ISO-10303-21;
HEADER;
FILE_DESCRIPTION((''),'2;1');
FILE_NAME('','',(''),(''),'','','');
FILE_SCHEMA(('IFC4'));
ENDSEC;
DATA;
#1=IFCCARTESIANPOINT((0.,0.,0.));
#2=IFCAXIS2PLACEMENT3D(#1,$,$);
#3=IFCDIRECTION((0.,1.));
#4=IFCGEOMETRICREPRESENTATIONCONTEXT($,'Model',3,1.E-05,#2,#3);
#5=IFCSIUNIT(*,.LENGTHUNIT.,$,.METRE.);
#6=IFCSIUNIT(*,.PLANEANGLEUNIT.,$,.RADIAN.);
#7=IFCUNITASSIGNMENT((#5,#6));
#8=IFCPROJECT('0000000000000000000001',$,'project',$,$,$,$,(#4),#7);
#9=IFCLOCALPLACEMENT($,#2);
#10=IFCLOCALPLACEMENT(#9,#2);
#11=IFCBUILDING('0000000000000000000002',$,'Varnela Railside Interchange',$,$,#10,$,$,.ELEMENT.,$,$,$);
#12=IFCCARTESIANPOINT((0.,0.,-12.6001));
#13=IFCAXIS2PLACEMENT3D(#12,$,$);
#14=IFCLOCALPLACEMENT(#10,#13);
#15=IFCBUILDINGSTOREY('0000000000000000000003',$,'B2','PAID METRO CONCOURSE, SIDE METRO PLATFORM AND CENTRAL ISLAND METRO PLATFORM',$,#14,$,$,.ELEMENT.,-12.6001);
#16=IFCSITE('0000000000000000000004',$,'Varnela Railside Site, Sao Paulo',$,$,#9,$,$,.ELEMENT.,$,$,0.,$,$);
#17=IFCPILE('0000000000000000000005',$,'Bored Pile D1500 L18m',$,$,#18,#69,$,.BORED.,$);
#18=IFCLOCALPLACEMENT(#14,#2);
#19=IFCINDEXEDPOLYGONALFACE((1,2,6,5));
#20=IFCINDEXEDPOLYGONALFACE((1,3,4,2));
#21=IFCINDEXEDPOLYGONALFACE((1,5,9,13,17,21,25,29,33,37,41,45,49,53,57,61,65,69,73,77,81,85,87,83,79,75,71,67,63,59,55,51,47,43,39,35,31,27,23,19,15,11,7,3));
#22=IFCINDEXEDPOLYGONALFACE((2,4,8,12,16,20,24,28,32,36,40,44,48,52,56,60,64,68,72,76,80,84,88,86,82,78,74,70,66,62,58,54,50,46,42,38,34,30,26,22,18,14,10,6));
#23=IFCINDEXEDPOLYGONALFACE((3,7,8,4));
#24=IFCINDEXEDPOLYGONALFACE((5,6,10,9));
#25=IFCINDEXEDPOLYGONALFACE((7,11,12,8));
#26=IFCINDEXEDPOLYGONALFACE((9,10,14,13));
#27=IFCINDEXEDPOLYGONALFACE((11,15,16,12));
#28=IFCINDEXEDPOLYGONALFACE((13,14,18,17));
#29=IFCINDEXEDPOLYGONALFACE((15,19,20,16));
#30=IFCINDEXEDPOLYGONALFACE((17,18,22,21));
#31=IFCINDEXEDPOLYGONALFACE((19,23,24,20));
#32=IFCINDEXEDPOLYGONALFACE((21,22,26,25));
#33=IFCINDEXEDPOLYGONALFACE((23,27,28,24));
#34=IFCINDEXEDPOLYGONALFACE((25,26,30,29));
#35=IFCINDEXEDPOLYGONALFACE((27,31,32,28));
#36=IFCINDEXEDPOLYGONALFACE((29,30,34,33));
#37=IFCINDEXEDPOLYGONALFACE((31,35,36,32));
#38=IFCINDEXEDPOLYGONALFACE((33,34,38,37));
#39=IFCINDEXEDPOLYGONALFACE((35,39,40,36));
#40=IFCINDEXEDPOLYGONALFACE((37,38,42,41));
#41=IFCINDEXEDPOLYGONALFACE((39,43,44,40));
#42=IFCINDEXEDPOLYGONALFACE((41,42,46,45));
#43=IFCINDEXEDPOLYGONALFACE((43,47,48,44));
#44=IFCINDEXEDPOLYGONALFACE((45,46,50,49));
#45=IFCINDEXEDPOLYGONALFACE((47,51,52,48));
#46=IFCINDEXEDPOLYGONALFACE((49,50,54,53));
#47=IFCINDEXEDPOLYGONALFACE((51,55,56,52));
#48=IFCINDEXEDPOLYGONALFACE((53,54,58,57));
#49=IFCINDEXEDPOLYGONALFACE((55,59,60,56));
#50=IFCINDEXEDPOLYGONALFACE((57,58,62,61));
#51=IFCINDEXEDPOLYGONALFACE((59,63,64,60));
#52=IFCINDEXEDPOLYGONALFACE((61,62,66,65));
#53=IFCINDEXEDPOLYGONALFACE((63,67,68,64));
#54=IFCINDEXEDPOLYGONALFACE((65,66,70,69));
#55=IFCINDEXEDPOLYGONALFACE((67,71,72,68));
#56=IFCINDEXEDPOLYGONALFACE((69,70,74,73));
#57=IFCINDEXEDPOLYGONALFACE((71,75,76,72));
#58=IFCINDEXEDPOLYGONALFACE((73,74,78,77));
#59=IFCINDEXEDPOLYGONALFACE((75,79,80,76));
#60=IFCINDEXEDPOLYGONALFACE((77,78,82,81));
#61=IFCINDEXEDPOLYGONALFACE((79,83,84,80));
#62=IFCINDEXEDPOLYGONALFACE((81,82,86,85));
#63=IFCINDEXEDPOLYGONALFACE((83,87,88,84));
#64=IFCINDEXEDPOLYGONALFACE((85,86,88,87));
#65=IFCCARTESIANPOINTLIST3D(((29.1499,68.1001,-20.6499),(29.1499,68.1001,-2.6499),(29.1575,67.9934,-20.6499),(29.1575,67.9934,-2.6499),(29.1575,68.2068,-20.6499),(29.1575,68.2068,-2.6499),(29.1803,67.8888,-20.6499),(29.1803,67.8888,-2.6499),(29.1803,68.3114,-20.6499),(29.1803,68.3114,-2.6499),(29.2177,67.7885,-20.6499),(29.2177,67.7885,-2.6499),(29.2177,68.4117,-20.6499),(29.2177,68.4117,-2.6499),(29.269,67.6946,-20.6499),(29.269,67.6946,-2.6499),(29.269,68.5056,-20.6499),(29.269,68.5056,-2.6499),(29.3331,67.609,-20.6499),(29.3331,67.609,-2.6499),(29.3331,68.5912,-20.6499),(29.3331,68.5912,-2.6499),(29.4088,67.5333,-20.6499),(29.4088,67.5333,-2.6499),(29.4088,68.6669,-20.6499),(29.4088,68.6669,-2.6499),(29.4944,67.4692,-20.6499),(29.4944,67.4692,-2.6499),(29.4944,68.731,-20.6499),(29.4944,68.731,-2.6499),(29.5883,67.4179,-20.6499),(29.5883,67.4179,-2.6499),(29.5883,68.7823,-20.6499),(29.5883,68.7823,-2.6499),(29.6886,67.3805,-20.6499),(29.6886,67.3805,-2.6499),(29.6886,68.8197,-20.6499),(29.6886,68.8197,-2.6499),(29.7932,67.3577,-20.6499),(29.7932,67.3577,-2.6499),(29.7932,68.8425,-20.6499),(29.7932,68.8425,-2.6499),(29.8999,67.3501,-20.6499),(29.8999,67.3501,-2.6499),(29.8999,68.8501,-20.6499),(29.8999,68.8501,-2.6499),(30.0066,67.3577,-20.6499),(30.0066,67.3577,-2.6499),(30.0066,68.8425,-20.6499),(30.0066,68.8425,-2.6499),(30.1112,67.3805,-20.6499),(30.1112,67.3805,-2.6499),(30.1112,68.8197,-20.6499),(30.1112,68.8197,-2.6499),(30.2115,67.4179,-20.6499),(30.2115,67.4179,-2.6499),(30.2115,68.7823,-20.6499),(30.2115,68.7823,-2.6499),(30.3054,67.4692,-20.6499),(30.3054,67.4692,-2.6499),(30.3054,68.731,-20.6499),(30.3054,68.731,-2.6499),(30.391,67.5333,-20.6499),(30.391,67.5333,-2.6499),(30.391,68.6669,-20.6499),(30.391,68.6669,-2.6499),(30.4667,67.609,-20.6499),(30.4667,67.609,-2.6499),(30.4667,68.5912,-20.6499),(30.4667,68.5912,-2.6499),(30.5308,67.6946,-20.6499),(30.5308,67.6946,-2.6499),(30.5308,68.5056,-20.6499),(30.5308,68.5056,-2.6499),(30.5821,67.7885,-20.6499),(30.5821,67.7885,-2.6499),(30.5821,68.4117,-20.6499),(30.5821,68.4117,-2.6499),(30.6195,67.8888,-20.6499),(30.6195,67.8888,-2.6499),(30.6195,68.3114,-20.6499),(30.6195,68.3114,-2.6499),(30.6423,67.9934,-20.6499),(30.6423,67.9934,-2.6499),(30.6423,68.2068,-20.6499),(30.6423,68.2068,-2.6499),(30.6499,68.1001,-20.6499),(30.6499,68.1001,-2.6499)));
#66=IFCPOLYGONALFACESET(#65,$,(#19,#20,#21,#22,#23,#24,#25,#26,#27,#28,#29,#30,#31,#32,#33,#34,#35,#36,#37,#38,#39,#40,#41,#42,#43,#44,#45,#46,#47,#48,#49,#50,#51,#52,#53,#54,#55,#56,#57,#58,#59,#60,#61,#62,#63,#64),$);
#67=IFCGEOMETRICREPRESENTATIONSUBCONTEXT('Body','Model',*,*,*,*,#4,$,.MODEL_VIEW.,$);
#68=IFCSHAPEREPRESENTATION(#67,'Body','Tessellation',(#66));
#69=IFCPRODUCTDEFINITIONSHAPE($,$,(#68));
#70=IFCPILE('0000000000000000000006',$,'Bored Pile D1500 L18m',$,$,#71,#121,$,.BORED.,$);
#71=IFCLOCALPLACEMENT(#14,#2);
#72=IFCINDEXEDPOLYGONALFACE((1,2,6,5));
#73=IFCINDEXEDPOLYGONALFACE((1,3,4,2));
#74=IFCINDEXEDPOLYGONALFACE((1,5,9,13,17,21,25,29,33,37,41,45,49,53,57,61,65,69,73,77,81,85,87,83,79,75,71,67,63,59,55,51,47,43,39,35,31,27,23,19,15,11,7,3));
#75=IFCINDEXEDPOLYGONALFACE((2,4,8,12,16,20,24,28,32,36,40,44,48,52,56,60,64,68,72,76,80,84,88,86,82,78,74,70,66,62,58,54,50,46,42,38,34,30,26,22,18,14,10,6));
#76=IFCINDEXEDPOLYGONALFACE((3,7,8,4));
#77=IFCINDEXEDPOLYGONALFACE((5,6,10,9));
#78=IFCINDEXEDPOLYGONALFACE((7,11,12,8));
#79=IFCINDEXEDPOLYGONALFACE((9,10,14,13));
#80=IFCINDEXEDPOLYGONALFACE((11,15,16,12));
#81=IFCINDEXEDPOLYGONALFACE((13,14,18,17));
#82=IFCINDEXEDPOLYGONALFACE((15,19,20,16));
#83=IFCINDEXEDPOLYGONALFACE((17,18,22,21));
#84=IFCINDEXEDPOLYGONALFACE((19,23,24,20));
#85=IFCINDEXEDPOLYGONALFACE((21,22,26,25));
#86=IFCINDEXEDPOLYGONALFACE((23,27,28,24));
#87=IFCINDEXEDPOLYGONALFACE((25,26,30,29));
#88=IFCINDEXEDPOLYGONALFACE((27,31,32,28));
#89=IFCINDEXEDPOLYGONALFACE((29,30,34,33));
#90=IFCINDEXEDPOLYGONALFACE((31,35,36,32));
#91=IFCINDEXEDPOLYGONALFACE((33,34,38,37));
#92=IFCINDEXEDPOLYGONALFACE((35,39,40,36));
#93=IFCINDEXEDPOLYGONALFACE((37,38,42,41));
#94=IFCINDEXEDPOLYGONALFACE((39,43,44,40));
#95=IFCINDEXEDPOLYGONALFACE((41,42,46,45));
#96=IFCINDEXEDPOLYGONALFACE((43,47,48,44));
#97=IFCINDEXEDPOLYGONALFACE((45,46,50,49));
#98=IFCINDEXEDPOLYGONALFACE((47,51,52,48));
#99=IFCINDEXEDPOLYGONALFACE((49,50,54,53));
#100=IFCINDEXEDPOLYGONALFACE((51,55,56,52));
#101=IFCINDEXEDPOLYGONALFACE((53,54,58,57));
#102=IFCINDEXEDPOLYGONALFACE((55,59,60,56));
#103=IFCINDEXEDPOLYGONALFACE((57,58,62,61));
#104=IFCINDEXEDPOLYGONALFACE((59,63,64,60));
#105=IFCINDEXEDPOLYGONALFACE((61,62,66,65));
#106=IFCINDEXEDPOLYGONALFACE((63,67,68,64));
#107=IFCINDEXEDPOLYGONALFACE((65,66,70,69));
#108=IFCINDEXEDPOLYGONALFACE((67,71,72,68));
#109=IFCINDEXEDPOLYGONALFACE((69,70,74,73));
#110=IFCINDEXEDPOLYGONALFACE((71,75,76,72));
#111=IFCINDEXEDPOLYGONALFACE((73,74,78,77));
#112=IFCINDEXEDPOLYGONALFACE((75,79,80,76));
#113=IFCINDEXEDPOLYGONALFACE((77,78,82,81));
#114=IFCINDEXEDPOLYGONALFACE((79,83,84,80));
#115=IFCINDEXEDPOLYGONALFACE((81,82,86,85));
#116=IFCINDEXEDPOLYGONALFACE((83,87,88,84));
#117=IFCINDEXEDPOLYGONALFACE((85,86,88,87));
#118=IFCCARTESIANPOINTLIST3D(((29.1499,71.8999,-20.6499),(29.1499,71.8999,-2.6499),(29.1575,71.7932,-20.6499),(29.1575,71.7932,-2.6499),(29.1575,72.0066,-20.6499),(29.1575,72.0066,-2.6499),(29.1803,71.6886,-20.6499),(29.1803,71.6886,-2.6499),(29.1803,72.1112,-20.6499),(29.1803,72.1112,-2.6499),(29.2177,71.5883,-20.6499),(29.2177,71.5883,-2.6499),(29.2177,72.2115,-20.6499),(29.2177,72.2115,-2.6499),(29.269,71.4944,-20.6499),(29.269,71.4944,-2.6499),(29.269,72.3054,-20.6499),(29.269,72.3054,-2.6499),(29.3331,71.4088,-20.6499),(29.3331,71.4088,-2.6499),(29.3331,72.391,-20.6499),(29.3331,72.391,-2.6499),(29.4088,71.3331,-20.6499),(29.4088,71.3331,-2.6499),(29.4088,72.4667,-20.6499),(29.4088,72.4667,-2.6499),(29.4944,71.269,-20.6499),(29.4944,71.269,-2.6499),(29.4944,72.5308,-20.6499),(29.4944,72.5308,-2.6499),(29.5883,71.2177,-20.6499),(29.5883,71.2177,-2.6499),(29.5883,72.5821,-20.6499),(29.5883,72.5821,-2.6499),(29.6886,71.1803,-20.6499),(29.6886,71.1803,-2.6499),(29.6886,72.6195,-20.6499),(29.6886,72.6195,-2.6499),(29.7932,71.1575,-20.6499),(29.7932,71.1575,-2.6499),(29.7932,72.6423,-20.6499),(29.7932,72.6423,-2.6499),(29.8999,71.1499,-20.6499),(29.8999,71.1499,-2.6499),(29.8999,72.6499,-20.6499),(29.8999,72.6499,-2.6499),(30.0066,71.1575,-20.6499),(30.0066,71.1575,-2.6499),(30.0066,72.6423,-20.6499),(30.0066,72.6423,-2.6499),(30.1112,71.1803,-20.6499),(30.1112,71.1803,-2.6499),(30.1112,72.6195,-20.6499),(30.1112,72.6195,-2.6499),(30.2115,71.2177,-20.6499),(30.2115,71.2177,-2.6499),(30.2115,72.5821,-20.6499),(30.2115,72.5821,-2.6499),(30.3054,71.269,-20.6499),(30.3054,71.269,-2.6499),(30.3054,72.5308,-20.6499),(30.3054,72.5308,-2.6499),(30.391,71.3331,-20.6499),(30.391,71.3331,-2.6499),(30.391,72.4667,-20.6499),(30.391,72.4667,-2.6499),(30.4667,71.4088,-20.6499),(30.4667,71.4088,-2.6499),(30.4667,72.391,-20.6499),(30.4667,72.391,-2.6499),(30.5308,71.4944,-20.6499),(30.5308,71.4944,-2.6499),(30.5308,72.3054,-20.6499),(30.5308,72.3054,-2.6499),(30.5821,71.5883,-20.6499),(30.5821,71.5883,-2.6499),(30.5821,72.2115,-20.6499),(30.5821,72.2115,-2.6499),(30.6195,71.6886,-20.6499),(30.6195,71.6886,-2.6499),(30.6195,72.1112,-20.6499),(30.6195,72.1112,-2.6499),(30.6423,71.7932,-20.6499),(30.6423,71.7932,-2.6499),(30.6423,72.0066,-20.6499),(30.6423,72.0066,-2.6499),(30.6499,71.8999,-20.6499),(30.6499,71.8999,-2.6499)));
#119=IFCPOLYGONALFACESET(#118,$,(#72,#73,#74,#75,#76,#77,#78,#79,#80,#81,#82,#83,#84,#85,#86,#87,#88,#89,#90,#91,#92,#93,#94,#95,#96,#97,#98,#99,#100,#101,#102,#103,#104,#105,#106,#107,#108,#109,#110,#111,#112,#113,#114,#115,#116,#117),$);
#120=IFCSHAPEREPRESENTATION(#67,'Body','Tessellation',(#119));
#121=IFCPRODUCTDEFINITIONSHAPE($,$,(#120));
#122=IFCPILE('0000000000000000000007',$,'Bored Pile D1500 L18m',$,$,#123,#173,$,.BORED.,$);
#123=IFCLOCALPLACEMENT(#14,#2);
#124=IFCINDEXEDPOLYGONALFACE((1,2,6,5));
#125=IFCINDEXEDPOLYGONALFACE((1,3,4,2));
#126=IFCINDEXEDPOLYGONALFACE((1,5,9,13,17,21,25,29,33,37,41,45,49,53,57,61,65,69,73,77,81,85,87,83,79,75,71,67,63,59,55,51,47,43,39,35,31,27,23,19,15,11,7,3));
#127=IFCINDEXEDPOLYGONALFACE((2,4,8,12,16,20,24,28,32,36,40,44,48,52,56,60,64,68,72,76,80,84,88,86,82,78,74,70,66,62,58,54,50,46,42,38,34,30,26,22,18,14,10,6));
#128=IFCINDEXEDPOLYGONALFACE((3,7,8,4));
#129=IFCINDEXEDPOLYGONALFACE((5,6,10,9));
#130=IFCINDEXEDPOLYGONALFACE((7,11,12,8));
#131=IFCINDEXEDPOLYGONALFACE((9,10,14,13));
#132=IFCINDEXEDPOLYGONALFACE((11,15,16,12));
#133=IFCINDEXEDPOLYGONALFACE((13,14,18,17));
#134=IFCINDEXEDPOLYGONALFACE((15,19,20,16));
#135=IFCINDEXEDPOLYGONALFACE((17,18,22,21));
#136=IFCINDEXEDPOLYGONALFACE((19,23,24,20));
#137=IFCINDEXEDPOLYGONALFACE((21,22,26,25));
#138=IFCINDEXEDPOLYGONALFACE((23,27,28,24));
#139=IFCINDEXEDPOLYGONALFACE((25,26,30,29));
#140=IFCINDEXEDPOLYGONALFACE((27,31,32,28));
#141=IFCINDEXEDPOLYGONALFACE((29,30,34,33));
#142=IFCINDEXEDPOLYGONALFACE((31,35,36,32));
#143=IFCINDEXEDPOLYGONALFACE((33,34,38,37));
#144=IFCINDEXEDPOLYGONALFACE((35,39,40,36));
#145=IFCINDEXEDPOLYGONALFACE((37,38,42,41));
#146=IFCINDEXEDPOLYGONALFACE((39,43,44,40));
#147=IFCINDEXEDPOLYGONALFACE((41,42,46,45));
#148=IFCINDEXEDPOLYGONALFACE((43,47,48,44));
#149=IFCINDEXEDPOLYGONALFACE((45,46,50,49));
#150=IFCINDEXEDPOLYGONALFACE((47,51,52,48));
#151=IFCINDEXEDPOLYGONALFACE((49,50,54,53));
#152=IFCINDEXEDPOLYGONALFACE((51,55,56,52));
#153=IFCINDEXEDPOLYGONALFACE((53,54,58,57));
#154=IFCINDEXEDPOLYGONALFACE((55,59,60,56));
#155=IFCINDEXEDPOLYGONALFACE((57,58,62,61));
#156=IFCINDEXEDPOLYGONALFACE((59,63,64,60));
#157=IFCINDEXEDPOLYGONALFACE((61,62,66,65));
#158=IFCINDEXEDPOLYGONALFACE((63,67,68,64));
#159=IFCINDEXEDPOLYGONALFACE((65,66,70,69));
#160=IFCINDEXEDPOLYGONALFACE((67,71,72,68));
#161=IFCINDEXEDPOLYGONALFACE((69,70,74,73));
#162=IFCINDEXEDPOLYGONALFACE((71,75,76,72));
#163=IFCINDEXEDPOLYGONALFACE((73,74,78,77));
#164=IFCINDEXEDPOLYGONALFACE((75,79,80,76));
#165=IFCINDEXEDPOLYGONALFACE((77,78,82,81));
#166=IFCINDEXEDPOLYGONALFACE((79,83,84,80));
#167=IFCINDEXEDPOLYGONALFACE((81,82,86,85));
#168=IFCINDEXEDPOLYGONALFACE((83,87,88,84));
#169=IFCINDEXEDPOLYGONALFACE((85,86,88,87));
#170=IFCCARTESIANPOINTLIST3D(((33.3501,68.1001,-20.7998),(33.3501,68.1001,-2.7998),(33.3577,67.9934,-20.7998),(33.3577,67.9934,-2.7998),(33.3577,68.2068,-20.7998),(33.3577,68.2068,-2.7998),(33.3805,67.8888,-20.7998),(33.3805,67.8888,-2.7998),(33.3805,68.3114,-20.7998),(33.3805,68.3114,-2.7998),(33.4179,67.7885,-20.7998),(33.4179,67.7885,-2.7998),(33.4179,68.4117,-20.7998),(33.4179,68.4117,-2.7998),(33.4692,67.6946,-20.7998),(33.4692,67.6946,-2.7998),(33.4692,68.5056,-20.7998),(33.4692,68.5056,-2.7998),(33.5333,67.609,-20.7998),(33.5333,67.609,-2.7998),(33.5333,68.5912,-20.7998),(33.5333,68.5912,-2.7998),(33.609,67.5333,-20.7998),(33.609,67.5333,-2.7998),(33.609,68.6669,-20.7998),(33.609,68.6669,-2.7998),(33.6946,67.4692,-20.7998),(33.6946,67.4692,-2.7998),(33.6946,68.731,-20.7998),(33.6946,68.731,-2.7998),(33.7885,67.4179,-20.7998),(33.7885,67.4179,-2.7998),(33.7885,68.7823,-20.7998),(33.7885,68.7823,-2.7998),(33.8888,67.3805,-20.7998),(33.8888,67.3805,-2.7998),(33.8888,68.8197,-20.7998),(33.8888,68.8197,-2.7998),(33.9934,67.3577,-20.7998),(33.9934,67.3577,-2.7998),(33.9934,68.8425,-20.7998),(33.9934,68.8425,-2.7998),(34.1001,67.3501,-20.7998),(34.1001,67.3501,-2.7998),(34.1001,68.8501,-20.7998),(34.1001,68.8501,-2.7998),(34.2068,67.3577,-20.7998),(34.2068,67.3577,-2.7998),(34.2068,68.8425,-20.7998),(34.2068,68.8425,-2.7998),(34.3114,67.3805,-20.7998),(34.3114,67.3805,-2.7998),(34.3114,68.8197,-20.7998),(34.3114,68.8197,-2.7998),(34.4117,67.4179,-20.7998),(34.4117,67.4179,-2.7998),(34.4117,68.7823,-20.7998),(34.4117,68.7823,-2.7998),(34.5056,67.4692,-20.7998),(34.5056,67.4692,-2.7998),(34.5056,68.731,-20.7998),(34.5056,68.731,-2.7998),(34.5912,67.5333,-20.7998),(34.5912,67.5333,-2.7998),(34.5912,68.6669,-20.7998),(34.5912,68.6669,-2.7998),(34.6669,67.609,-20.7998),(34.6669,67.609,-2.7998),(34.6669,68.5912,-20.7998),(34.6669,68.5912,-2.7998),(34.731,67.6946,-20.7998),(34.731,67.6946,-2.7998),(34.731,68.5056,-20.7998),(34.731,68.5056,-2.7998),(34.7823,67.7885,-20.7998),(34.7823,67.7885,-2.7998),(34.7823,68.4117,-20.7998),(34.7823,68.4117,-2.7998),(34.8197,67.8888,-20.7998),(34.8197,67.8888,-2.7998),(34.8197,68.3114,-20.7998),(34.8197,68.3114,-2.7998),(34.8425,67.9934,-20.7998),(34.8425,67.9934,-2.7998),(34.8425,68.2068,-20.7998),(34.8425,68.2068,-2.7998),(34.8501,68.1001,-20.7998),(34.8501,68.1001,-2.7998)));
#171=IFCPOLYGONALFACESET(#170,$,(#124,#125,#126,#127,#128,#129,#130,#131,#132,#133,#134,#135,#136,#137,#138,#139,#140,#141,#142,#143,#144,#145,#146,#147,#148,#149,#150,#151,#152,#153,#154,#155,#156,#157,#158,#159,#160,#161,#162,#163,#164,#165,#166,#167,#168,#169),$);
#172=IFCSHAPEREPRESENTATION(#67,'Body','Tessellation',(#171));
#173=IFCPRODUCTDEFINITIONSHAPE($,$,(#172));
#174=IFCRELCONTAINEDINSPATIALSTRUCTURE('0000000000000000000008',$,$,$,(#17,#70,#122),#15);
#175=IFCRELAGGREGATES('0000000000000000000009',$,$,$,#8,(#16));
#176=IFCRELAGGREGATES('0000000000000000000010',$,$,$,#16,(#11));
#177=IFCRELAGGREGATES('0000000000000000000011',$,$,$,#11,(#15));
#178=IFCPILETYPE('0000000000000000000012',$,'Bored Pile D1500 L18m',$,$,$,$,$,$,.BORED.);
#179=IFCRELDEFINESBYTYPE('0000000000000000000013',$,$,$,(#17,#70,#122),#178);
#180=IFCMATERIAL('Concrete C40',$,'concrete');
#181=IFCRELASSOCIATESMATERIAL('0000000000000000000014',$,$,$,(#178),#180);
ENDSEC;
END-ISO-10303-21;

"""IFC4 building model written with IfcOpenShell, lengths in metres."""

from ifc_helpers import new_model, si_unit, direction, frame, origin, origin_2d, place, context, subcontext, project, spatial, circle, extrude, material, material_profile, profile_set, type_object, element, save


model = new_model("IFC4")

# Units and contexts
model_context = context("Model", 3, precision=1e-05, world=origin(), true_north=direction((0.0, 1.0)))
body_context = subcontext(model_context, "Body", "Model", "MODEL_VIEW")
ifc_project = project(units=[si_unit("LENGTHUNIT", "METRE"), si_unit("PLANEANGLEUNIT", "RADIAN")], contexts=[model_context])

# Site, building, storey
site_placement = place(None, origin())
site = spatial("IfcSite", under=ifc_project, at=site_placement, Name="Varnela Railside Site, Sao Paulo", CompositionType="ELEMENT", RefElevation=0.0)
building_placement = place(site_placement, origin())
building = spatial("IfcBuilding", under=site, at=building_placement, Name="Varnela Railside Interchange", CompositionType="ELEMENT")
storey_placement = place(building_placement, frame((0.0, 0.0, -12.6001)))
storey = spatial("IfcBuildingStorey", under=building, at=storey_placement, Name="B2", Description="PAID METRO CONCOURSE, SIDE METRO PLATFORM AND CENTRAL ISLAND METRO PLATFORM", CompositionType="ELEMENT", Elevation=-12.6001)

# Piles
ifc_material_1 = material(Name="Concrete C40", Category="concrete")
ifc_material_profile_1 = material_profile(ifc_material_1, circle(Radius=0.75, at=origin_2d()), Name="BORED PILE D1500")
ifc_profile_set_1 = profile_set([ifc_material_profile_1], Name="Concrete C40")
pile_type_1 = type_object("IfcPileType", Name="Bored Pile D1500 L18m", PredefinedType="BORED", material=ifc_profile_set_1)
for number, where, z_axis, x_axis, name in (
    (1, (29.8999, 68.1001, -2.6499), (0.0, 0.0, -1.0), (1.0, 0.0, 0.0), "Bored Pile D1500 L18m"),
    (2, (29.8999, 71.8999, -2.6499), (0.0, 0.0, -1.0), (1.0, 0.0, 0.0), "Bored Pile D1500 L18m"),
    (3, (34.1001, 68.1001, -2.7998), (0.0, 0.0, -1.0), (1.0, 0.0, 0.0), "Bored Pile D1500 L18m"),
):
    element("IfcPile", number, at=place(storey_placement, frame(where, z_axis=z_axis, x_axis=x_axis)), inside=storey, type_object=pile_type_1, Name=name, PredefinedType="BORED", context=body_context, shape_type="SweptSolid", body=[
        extrude(circle(Radius=0.75, at=origin_2d()), origin(), (0.0, 0.0, 1.0), 18.0),
    ])

save(model, "model.ifc")
